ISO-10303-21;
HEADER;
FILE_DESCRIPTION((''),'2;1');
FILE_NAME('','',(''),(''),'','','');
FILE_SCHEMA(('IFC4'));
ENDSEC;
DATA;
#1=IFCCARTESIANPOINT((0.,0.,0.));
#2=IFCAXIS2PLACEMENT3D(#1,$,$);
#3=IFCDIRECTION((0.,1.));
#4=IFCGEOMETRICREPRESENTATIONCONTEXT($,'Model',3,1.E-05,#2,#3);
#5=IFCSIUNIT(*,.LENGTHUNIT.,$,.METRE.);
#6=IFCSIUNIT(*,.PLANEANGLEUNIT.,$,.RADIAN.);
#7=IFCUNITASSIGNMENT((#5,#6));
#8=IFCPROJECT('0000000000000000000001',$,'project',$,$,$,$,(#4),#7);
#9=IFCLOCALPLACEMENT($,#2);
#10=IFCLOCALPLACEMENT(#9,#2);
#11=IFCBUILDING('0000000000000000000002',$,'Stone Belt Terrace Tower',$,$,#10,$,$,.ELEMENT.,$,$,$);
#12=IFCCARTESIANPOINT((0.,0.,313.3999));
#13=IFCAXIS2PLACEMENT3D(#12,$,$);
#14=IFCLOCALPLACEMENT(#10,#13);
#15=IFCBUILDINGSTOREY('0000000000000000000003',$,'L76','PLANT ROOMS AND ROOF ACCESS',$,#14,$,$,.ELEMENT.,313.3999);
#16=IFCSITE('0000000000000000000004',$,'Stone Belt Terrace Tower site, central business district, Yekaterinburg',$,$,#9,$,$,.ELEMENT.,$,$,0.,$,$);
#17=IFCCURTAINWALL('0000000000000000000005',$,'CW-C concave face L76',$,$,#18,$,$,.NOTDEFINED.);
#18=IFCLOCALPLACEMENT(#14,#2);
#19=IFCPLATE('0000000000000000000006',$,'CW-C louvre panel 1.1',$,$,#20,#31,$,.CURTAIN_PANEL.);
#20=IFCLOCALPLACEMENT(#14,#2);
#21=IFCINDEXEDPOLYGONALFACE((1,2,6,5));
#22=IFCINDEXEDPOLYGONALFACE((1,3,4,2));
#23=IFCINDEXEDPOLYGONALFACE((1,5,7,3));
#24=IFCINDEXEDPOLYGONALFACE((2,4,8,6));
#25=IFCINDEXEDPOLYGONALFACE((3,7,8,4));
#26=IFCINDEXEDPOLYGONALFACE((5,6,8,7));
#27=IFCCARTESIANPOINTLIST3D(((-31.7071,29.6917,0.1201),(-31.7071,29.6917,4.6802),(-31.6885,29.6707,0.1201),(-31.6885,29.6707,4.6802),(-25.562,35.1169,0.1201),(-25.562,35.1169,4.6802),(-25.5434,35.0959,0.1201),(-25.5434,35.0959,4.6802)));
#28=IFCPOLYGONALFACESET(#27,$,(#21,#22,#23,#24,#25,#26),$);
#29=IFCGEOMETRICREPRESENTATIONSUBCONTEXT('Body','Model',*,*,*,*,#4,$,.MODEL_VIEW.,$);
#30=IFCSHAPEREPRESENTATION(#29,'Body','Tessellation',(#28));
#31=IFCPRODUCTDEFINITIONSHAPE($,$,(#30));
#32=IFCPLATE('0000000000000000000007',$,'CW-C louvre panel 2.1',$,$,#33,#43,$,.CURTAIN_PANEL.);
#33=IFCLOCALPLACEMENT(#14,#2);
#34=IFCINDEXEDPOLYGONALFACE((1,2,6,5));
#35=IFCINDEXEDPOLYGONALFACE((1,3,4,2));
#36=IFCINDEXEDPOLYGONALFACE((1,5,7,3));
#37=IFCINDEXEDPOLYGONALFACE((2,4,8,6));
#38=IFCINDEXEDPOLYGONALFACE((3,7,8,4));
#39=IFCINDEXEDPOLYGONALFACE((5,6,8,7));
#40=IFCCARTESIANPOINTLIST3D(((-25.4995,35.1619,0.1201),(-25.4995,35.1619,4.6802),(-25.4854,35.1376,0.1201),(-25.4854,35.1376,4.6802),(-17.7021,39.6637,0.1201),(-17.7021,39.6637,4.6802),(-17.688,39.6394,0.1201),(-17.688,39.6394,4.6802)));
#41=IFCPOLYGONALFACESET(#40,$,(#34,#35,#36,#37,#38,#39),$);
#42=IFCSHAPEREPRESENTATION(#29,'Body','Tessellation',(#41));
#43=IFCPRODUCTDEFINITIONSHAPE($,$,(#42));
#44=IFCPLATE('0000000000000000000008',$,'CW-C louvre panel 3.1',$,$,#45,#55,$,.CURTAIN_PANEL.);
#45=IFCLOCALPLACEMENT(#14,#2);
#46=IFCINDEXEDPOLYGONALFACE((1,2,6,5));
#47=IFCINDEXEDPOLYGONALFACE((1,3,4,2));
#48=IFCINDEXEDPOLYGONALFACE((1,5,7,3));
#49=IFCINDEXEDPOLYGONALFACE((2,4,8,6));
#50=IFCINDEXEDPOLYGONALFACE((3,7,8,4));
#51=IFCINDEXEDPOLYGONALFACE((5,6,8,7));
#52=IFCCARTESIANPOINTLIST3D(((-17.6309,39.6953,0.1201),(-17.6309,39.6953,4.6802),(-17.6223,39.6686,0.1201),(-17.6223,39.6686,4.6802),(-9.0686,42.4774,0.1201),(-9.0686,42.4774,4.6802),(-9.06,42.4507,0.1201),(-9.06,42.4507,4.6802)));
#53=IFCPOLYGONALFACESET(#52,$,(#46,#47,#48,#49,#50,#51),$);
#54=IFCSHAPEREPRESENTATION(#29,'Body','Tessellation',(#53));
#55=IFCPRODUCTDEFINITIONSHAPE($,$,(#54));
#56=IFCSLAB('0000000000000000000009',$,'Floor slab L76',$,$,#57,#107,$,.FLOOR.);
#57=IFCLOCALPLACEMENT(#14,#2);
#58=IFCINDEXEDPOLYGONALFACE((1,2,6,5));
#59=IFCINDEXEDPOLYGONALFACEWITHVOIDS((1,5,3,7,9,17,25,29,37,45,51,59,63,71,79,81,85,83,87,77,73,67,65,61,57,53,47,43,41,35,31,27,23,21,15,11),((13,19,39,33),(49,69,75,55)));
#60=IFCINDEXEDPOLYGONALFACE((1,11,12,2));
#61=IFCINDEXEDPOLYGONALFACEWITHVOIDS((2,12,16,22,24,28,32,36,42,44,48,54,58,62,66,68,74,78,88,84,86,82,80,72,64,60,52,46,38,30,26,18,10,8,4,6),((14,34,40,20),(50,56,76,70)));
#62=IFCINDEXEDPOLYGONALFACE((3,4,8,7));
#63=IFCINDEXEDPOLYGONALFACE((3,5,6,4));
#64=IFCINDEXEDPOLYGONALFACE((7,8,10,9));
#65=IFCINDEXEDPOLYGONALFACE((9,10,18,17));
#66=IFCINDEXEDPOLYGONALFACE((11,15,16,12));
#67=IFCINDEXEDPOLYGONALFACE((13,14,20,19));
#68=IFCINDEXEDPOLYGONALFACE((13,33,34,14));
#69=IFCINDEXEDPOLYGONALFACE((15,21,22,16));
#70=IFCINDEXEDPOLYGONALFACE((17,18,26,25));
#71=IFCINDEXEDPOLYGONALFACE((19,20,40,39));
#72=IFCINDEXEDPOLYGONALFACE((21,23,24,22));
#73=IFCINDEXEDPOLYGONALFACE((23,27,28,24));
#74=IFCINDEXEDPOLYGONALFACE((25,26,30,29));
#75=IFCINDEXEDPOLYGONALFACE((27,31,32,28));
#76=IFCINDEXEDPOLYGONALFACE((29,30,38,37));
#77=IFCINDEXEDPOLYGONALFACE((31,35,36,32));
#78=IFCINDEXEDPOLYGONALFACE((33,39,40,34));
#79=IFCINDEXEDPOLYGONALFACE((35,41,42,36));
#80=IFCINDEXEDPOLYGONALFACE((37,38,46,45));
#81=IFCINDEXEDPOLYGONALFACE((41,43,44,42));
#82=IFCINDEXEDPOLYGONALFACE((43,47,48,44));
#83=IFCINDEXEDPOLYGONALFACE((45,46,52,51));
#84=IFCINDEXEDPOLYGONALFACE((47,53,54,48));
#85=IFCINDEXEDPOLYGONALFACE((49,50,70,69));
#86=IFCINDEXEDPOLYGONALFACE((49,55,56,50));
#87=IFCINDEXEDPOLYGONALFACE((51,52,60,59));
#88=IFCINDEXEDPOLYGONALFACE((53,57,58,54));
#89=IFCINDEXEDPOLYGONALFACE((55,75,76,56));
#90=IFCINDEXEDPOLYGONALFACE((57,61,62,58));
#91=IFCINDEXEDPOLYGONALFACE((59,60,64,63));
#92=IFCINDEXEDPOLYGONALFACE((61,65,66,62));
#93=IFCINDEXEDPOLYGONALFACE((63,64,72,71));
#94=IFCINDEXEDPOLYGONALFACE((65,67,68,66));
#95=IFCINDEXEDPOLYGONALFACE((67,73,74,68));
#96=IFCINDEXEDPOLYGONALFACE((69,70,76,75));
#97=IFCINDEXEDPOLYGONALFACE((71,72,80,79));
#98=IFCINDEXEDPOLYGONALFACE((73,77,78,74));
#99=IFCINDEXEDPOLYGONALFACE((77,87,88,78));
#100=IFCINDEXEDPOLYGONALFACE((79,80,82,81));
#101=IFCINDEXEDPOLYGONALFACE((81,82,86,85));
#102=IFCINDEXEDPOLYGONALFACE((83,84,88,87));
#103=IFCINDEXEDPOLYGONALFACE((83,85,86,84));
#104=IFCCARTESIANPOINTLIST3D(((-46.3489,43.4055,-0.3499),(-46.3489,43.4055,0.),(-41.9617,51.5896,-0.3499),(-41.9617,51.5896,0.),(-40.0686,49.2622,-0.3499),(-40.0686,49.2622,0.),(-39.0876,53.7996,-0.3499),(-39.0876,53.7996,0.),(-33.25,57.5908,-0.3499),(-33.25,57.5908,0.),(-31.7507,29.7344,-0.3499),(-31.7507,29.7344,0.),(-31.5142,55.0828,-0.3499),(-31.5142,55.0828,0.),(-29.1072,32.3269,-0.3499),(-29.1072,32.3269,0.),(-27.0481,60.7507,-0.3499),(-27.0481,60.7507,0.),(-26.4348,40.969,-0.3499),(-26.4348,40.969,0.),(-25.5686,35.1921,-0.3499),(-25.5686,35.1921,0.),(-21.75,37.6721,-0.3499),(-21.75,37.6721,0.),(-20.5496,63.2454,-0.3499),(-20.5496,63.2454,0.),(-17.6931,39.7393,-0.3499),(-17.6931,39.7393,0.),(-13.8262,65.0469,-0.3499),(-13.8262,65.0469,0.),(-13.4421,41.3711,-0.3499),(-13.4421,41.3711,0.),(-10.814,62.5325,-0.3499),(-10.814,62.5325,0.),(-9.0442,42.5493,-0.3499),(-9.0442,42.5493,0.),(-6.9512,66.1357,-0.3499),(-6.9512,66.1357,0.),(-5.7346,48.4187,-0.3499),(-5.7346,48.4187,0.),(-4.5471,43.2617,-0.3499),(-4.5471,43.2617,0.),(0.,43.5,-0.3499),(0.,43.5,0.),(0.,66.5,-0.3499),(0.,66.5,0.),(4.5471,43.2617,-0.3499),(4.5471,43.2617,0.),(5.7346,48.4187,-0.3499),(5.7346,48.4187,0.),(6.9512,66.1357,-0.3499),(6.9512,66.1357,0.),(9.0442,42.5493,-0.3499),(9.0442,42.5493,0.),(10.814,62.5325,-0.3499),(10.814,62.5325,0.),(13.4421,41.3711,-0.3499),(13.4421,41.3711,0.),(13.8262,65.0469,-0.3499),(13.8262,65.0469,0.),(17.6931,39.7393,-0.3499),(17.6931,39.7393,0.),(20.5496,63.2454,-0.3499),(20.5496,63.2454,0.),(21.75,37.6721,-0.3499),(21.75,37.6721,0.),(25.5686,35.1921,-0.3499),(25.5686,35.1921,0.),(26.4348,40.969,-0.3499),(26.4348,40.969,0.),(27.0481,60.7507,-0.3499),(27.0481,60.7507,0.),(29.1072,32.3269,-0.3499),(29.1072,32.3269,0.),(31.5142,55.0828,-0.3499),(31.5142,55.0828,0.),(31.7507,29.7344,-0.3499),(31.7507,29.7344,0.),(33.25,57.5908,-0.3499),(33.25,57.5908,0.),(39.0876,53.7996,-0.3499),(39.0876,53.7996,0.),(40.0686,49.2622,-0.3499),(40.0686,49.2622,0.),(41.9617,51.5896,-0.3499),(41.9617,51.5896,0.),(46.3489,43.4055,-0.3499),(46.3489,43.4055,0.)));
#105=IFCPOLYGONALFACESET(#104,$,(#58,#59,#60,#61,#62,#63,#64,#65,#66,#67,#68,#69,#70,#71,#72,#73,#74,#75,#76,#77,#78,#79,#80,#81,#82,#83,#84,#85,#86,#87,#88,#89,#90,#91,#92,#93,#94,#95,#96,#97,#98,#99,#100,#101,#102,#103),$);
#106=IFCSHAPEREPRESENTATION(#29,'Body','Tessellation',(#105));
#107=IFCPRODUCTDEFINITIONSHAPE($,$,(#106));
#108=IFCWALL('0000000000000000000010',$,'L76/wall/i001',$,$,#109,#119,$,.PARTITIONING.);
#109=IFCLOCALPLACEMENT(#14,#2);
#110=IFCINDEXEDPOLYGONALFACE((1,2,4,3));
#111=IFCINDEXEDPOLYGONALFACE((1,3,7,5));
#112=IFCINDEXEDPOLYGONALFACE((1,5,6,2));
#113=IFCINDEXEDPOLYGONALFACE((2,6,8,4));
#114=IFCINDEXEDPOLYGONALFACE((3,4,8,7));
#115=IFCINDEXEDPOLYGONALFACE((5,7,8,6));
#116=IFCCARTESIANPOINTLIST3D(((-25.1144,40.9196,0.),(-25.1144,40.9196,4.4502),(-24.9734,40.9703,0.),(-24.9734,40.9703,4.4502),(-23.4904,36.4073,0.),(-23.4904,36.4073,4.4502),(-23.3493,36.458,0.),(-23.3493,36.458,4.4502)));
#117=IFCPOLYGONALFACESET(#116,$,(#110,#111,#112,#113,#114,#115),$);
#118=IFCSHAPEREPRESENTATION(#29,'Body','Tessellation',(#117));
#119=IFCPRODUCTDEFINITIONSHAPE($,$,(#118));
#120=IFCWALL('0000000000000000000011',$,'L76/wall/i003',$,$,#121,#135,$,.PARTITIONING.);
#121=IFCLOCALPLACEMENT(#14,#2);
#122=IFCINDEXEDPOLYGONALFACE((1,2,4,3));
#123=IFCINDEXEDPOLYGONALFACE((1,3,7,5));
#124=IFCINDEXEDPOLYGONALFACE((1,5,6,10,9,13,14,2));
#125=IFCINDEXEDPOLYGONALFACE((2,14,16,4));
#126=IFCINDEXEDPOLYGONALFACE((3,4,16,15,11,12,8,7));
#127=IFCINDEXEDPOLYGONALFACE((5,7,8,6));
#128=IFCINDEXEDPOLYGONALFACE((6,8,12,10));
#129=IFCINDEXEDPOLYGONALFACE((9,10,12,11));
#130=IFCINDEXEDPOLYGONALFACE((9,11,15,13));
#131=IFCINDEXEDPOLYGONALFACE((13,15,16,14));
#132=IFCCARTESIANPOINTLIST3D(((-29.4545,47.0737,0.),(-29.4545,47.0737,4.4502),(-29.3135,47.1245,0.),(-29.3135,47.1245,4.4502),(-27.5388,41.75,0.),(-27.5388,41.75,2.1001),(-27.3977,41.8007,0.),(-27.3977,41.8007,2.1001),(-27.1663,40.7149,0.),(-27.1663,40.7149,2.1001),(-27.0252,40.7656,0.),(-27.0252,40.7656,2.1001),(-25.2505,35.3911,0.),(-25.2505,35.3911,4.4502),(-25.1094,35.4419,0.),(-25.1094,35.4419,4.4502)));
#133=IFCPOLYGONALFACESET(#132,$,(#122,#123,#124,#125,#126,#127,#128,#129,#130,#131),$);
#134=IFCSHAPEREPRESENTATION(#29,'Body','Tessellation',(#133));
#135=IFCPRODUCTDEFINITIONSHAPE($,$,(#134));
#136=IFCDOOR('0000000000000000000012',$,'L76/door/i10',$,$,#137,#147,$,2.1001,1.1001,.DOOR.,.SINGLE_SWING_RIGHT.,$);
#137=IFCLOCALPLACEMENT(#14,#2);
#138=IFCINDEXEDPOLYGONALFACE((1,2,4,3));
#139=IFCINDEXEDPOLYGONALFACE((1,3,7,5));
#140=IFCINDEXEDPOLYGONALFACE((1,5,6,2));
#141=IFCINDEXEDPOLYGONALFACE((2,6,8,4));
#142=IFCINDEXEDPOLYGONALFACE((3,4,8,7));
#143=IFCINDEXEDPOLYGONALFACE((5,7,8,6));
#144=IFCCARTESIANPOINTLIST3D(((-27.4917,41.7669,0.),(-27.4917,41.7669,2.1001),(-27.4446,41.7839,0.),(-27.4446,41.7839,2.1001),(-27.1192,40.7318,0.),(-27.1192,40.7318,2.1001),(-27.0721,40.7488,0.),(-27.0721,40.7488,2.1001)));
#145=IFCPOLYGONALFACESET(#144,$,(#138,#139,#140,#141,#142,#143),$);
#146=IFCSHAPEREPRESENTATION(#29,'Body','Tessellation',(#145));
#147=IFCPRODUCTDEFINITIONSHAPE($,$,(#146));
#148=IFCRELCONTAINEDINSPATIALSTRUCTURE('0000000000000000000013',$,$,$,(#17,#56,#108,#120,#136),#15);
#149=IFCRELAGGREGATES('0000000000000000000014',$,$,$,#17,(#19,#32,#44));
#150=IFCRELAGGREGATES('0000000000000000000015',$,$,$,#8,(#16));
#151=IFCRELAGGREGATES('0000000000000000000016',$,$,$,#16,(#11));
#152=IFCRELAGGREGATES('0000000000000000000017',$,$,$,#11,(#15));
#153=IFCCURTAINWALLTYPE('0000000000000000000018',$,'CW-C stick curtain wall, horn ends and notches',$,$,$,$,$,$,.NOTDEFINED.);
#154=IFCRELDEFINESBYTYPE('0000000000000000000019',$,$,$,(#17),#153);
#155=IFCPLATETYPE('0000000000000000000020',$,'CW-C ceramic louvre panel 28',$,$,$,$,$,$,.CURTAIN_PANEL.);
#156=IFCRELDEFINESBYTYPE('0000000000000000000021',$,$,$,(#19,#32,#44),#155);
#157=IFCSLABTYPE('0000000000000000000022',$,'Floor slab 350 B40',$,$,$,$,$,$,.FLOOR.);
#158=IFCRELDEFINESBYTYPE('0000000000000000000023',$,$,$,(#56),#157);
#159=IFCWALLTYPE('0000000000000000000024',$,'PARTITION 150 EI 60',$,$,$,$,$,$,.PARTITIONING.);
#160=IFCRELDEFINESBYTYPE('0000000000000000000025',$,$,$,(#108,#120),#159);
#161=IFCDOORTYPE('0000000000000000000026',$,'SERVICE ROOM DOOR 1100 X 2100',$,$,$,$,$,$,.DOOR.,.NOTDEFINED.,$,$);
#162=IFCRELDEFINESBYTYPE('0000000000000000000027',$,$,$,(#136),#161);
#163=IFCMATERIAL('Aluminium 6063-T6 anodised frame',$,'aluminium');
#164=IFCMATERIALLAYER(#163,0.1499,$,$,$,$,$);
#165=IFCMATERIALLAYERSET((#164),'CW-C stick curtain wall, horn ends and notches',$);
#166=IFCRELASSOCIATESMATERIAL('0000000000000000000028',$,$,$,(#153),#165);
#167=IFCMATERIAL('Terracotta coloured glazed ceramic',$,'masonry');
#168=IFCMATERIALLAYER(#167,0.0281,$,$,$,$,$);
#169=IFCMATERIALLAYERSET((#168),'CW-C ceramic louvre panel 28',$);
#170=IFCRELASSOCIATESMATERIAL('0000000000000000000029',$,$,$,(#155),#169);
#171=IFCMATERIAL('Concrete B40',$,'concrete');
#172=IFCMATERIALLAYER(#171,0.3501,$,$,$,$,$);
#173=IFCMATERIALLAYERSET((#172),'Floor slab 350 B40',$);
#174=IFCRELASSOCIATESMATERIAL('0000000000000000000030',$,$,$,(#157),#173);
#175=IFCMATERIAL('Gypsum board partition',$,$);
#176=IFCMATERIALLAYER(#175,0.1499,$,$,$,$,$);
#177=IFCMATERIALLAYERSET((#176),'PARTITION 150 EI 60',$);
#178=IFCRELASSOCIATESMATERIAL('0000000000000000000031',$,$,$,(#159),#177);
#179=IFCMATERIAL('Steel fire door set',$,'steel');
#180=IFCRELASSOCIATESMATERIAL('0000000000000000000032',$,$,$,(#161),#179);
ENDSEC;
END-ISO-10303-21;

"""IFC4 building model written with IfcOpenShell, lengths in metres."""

from ifc_helpers import new_model, si_unit, direction, frame, frame_2d, origin, origin_2d, place, context, subcontext, project, spatial, polyline, rectangle, outline, extrude, material, layer, layer_set, type_object, element, fill, aggregate, save


model = new_model("IFC4")

# Units and contexts
model_context = context("Model", 3, precision=1e-05, world=origin(), true_north=direction((0.0, 1.0)))
body_context = subcontext(model_context, "Body", "Model", "MODEL_VIEW")
ifc_project = project(units=[si_unit("LENGTHUNIT", "METRE"), si_unit("PLANEANGLEUNIT", "RADIAN")], contexts=[model_context])

# Site, building, storey
site_placement = place(None, origin())
site = spatial("IfcSite", under=ifc_project, at=site_placement, Name="Stone Belt Terrace Tower site, central business district, Yekaterinburg", CompositionType="ELEMENT", RefElevation=0.0)
building_placement = place(site_placement, origin())
building = spatial("IfcBuilding", under=site, at=building_placement, Name="Stone Belt Terrace Tower", CompositionType="ELEMENT")
storey_placement = place(building_placement, frame((0.0, 0.0, 313.3999)))
storey = spatial("IfcBuildingStorey", under=building, at=storey_placement, Name="L76", Description="PLANT ROOMS AND ROOF ACCESS", CompositionType="ELEMENT", Elevation=313.3999)

# Curtain wall, plates
ifc_material_1 = material(Name="Aluminium 6063-T6 anodised frame", Category="aluminium")
ifc_layer_1 = layer(ifc_material_1, 0.1499)
ifc_layer_set_1 = layer_set([ifc_layer_1], Name="CW-C stick curtain wall, horn ends and notches")
curtain_wall_type = type_object("IfcCurtainWallType", Name="CW-C stick curtain wall, horn ends and notches", PredefinedType="NOTDEFINED", material=ifc_layer_set_1)
curtain_wall_placement = place(storey_placement, origin())
curtain_wall = element("IfcCurtainWall", 1, at=curtain_wall_placement, inside=storey, type_object=curtain_wall_type, Name="CW-C concave face L76", PredefinedType="NOTDEFINED")
ifc_material_2 = material(Name="Terracotta coloured glazed ceramic", Category="masonry")
ifc_layer_2 = layer(ifc_material_2, 0.0281)
ifc_layer_set_2 = layer_set([ifc_layer_2], Name="CW-C ceramic louvre panel 28")
plate_type = type_object("IfcPlateType", Name="CW-C ceramic louvre panel 28", PredefinedType="CURTAIN_PANEL", material=ifc_layer_set_2)
plate_1_placement = place(storey_placement, frame((-28.6252, 32.3938, 0.1201), z_axis=(0.0, 0.0, 1.0), x_axis=(0.749659, 0.661825, 0.0)))
plate_1 = element("IfcPlate", 2, at=plate_1_placement, type_object=plate_type, Name="CW-C louvre panel 1.1", PredefinedType="CURTAIN_PANEL", context=body_context, shape_type="SweptSolid", body=[
    extrude(rectangle(XDim=8.1973, YDim=0.0281, at=origin_2d()), origin(), (0.0, 0.0, 1.0), 4.5601),
])
plate_2_placement = place(storey_placement, frame((-21.5938, 37.4006, 0.1201), z_axis=(0.0, 0.0, 1.0), x_axis=(0.866025, 0.5, 0.0)))
plate_2 = element("IfcPlate", 3, at=plate_2_placement, type_object=plate_type, Name="CW-C louvre panel 2.1", PredefinedType="CURTAIN_PANEL", context=body_context, shape_type="SweptSolid", body=[
    extrude(rectangle(XDim=9.0037, YDim=0.0281, at=origin_2d()), origin(), (0.0, 0.0, 1.0), 4.5601),
])
plate_3_placement = place(storey_placement, frame((-13.3455, 41.073, 0.1201), z_axis=(0.0, 0.0, 1.0), x_axis=(0.951057, 0.309017, 0.0)))
plate_3 = element("IfcPlate", 4, at=plate_3_placement, type_object=plate_type, Name="CW-C louvre panel 3.1", PredefinedType="CURTAIN_PANEL", context=body_context, shape_type="SweptSolid", body=[
    extrude(rectangle(XDim=9.0029, YDim=0.0281, at=origin_2d()), origin(), (0.0, 0.0, 1.0), 4.5601),
])
aggregate(curtain_wall, [plate_1, plate_2, plate_3])

# Slab
ifc_material_3 = material(Name="Concrete B40", Category="concrete")
ifc_layer_3 = layer(ifc_material_3, 0.3501)
ifc_layer_set_3 = layer_set([ifc_layer_3], Name="Floor slab 350 B40")
slab_type = type_object("IfcSlabType", Name="Floor slab 350 B40", PredefinedType="FLOOR", material=ifc_layer_set_3)
slab_placement = place(storey_placement, frame((0.0, 0.0, -0.3499)))
element("IfcSlab", 5, at=slab_placement, inside=storey, type_object=slab_type, Name="Floor slab L76", PredefinedType="FLOOR", context=body_context, shape_type="SweptSolid", body=[
    extrude(outline(polyline([(-40.0686, 49.2622), (-41.9617, 51.5896), (-39.0876, 53.7996), (-33.25, 57.5908), (-27.0481, 60.7507), (-20.5496, 63.2454), (-13.8262, 65.0469), (-6.9512, 66.1357), (0.0, 66.5), (6.9512, 66.1357), (13.8262, 65.0469), (20.5496, 63.2454), (27.0481, 60.7507), (33.25, 57.5908), (39.0876, 53.7996), (41.9617, 51.5896), (40.0686, 49.2622), (46.3489, 43.4055), (31.7507, 29.7344), (29.1072, 32.3269), (25.5686, 35.1921), (21.75, 37.6721), (17.6931, 39.7393), (13.4421, 41.3711), (9.0442, 42.5493), (4.5471, 43.2617), (0.0, 43.5), (-4.5471, 43.2617), (-9.0442, 42.5493), (-13.4421, 41.3711), (-17.6931, 39.7393), (-21.75, 37.6721), (-25.5686, 35.1921), (-29.1072, 32.3269), (-31.7507, 29.7344), (-46.3489, 43.4055), (-40.0686, 49.2622)]), holes=[polyline([(-10.814, 62.5325), (-31.5142, 55.0828), (-26.4348, 40.969), (-5.7346, 48.4187), (-10.814, 62.5325)]), polyline([(26.4348, 40.969), (31.5142, 55.0828), (10.814, 62.5325), (5.7346, 48.4187), (26.4348, 40.969)])]), origin(), (0.0, 0.0, 1.0), 0.3499),
])

# Wall
ifc_material_4 = material(Name="Gypsum board partition")
ifc_layer_4 = layer(ifc_material_4, 0.1499)
ifc_layer_set_4 = layer_set([ifc_layer_4], Name="PARTITION 150 EI 60")
wall_type = type_object("IfcWallType", Name="PARTITION 150 EI 60", PredefinedType="PARTITIONING", material=ifc_layer_set_4)
wall_1_placement = place(storey_placement, frame((-25.0439, 40.9451, 0.0), z_axis=(0.0, 0.0, 1.0), x_axis=(0.338651, -0.940912, 0.0)))
element("IfcWall", 6, at=wall_1_placement, inside=storey, type_object=wall_type, Name="L76/wall/i001", PredefinedType="PARTITIONING", context=body_context, shape_type="SweptSolid", body=[
    extrude(rectangle(XDim=4.7957, YDim=0.1499, at=frame_2d((2.3979, 0.0))), origin(), (0.0, 0.0, 1.0), 4.4502),
])

# Wall, opening, door
wall_2_placement = place(storey_placement, frame((-25.1799, 35.4165, 0.0), z_axis=(0.0, 0.0, 1.0), x_axis=(-0.338602, 0.94093, 0.0)))
wall_2 = element("IfcWall", 7, at=wall_2_placement, inside=storey, type_object=wall_type, Name="L76/wall/i003", PredefinedType="PARTITIONING", context=body_context, shape_type="SweptSolid", body=[
    extrude(rectangle(XDim=12.416, YDim=0.1499, at=frame_2d((6.208, 0.0))), origin(), (0.0, 0.0, 1.0), 4.4502),
])
opening_placement = place(wall_2_placement, frame((5.658, 0.0, 0.0)))
opening = element("IfcOpeningElement", 8, at=opening_placement, cuts=wall_2, PredefinedType="OPENING", context=body_context, shape_type="SweptSolid", body=[
    extrude(rectangle(XDim=1.1001, YDim=2.1001, at=frame_2d((0.55, 1.05))), frame((0.0, 0.085, 0.0), z_axis=(0.0, -1.0, 0.0), x_axis=(1.0, 0.0, 0.0)), (0.0, 0.0, 1.0), 0.1699),
])
ifc_material_5 = material(Name="Steel fire door set", Category="steel")
door_type = type_object("IfcDoorType", Name="SERVICE ROOM DOOR 1100 X 2100", OperationType="NOTDEFINED", PredefinedType="DOOR", material=ifc_material_5)
door_placement = place(opening_placement, origin())
door = element("IfcDoor", 9, at=door_placement, inside=storey, type_object=door_type, Name="L76/door/i10", OperationType="SINGLE_SWING_RIGHT", OverallHeight=2.1001, OverallWidth=1.1001, PredefinedType="DOOR", context=body_context, shape_type="SweptSolid", body=[
    extrude(rectangle(XDim=1.1001, YDim=2.1001, at=frame_2d((0.55, 1.05))), frame((0.0, 0.0249, 0.0), z_axis=(0.0, -1.0, 0.0), x_axis=(1.0, 0.0, 0.0)), (0.0, 0.0, 1.0), 0.05),
])
fill(opening, door)

save(model, "model.ifc")
